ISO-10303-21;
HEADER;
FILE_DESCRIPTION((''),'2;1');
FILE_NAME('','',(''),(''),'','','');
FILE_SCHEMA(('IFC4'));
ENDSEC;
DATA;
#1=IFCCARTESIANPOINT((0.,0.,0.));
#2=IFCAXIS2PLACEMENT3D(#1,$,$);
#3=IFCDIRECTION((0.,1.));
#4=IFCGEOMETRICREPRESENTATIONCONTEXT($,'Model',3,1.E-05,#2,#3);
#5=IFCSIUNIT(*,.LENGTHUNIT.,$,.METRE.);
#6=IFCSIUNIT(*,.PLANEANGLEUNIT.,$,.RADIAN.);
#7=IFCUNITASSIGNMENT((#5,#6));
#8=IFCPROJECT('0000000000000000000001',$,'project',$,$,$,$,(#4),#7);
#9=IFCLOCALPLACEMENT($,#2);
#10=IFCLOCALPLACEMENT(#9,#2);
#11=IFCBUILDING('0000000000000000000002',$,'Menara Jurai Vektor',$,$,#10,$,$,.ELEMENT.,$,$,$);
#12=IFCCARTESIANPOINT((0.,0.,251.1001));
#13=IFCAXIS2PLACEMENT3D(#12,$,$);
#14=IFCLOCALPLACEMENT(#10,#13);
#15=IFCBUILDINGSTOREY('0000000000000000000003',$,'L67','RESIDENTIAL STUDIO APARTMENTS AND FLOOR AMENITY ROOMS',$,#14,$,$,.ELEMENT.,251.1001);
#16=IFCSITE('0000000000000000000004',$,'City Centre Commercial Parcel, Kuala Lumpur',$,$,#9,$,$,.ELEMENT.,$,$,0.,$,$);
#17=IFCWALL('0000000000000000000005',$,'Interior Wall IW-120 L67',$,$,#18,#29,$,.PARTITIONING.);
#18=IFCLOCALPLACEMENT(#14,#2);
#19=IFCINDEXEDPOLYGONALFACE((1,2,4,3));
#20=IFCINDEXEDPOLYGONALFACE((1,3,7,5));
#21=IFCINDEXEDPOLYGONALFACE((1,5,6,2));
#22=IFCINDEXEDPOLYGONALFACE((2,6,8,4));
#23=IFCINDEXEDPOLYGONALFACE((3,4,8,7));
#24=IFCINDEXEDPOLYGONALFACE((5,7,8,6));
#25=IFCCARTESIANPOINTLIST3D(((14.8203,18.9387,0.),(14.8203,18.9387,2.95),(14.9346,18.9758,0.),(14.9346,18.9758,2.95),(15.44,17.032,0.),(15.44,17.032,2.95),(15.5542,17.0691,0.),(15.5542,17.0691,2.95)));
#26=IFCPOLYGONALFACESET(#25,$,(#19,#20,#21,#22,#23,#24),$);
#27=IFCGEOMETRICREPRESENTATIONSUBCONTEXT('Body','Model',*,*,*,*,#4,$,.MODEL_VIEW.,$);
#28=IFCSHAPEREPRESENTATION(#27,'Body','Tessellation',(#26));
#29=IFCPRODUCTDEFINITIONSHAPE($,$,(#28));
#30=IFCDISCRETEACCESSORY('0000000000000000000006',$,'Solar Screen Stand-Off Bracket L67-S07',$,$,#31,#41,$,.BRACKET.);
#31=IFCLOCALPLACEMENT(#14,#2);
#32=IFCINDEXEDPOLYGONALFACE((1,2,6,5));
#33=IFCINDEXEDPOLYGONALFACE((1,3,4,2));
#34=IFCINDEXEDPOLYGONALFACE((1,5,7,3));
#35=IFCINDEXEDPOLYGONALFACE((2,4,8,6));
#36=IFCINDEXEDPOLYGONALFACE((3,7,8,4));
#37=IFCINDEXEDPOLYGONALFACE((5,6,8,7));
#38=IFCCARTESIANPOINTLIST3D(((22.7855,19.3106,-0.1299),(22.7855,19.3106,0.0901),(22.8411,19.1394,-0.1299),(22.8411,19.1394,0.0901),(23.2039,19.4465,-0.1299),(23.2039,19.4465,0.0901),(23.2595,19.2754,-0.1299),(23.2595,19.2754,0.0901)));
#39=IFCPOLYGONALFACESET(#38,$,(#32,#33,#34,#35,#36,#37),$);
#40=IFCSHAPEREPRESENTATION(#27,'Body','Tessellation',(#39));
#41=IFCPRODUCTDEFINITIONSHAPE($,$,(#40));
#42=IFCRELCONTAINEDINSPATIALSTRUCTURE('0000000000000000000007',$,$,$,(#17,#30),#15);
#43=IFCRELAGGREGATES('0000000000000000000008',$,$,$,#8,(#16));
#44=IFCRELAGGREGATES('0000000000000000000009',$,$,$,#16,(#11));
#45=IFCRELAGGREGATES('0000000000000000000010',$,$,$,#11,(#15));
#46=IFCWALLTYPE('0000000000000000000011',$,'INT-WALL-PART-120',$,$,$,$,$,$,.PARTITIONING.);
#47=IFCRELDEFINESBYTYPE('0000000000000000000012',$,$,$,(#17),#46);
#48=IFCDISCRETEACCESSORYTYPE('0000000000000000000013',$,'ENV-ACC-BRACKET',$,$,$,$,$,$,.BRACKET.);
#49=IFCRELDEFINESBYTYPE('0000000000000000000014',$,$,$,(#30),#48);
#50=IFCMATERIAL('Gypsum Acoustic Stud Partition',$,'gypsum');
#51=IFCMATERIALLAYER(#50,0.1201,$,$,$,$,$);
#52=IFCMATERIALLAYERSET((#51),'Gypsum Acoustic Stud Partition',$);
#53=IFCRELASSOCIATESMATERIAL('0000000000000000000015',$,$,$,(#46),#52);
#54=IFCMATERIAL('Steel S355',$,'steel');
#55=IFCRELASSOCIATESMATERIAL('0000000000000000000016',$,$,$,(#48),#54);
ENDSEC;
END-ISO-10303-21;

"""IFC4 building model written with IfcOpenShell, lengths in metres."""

from ifc_helpers import new_model, si_unit, direction, frame, frame_2d, origin, origin_2d, place, context, subcontext, project, spatial, rectangle, extrude, material, layer, layer_set, type_object, element, save


model = new_model("IFC4")

# Units and contexts
model_context = context("Model", 3, precision=1e-05, world=origin(), true_north=direction((0.0, 1.0)))
body_context = subcontext(model_context, "Body", "Model", "MODEL_VIEW")
ifc_project = project(units=[si_unit("LENGTHUNIT", "METRE"), si_unit("PLANEANGLEUNIT", "RADIAN")], contexts=[model_context])

# Site, building, storey
site_placement = place(None, origin())
site = spatial("IfcSite", under=ifc_project, at=site_placement, Name="City Centre Commercial Parcel, Kuala Lumpur", CompositionType="ELEMENT", RefElevation=0.0)
building_placement = place(site_placement, origin())
building = spatial("IfcBuilding", under=site, at=building_placement, Name="Menara Jurai Vektor", CompositionType="ELEMENT")
storey_placement = place(building_placement, frame((0.0, 0.0, 251.1001)))
storey = spatial("IfcBuildingStorey", under=building, at=storey_placement, Name="L67", Description="RESIDENTIAL STUDIO APARTMENTS AND FLOOR AMENITY ROOMS", CompositionType="ELEMENT", Elevation=251.1001)

# Shared definitions
ifc_material_1 = material(Name="Steel S355", Category="steel")

# Wall
ifc_material_2 = material(Name="Gypsum Acoustic Stud Partition", Category="gypsum")
ifc_layer_1 = layer(ifc_material_2, 0.1201)
ifc_layer_set_1 = layer_set([ifc_layer_1], Name="Gypsum Acoustic Stud Partition")
wall_type_1 = type_object("IfcWallType", Name="INT-WALL-PART-120", PredefinedType="PARTITIONING", material=ifc_layer_set_1)
wall_1_placement = place(storey_placement, frame((15.4971, 17.0505, 0.0), z_axis=(0.0, 0.0, 1.0), x_axis=(-0.309059, 0.951043, 0.0)))
element("IfcWall", 1, at=wall_1_placement, inside=storey, type_object=wall_type_1, Name="Interior Wall IW-120 L67", PredefinedType="PARTITIONING", context=body_context, shape_type="SweptSolid", body=[
    extrude(rectangle(XDim=2.0049, YDim=0.1201, at=frame_2d((1.0024, 0.0))), origin(), (0.0, 0.0, 1.0), 2.95),
])

# Discrete accessory
discrete_accessory_type = type_object("IfcDiscreteAccessoryType", Name="ENV-ACC-BRACKET", PredefinedType="BRACKET", material=ifc_material_1)
discrete_accessory_placement = place(storey_placement, frame((23.0225, 19.293, -0.1299), z_axis=(0.0, 0.0, 1.0), x_axis=(-0.309017, 0.951057, 0.0)))
element("IfcDiscreteAccessory", 2, at=discrete_accessory_placement, inside=storey, type_object=discrete_accessory_type, Name="Solar Screen Stand-Off Bracket L67-S07", PredefinedType="BRACKET", context=body_context, shape_type="SweptSolid", body=[
    extrude(rectangle(XDim=0.1799, YDim=0.4399, at=origin_2d()), origin(), (0.0, 0.0, 1.0), 0.22),
])

save(model, "model.ifc")
